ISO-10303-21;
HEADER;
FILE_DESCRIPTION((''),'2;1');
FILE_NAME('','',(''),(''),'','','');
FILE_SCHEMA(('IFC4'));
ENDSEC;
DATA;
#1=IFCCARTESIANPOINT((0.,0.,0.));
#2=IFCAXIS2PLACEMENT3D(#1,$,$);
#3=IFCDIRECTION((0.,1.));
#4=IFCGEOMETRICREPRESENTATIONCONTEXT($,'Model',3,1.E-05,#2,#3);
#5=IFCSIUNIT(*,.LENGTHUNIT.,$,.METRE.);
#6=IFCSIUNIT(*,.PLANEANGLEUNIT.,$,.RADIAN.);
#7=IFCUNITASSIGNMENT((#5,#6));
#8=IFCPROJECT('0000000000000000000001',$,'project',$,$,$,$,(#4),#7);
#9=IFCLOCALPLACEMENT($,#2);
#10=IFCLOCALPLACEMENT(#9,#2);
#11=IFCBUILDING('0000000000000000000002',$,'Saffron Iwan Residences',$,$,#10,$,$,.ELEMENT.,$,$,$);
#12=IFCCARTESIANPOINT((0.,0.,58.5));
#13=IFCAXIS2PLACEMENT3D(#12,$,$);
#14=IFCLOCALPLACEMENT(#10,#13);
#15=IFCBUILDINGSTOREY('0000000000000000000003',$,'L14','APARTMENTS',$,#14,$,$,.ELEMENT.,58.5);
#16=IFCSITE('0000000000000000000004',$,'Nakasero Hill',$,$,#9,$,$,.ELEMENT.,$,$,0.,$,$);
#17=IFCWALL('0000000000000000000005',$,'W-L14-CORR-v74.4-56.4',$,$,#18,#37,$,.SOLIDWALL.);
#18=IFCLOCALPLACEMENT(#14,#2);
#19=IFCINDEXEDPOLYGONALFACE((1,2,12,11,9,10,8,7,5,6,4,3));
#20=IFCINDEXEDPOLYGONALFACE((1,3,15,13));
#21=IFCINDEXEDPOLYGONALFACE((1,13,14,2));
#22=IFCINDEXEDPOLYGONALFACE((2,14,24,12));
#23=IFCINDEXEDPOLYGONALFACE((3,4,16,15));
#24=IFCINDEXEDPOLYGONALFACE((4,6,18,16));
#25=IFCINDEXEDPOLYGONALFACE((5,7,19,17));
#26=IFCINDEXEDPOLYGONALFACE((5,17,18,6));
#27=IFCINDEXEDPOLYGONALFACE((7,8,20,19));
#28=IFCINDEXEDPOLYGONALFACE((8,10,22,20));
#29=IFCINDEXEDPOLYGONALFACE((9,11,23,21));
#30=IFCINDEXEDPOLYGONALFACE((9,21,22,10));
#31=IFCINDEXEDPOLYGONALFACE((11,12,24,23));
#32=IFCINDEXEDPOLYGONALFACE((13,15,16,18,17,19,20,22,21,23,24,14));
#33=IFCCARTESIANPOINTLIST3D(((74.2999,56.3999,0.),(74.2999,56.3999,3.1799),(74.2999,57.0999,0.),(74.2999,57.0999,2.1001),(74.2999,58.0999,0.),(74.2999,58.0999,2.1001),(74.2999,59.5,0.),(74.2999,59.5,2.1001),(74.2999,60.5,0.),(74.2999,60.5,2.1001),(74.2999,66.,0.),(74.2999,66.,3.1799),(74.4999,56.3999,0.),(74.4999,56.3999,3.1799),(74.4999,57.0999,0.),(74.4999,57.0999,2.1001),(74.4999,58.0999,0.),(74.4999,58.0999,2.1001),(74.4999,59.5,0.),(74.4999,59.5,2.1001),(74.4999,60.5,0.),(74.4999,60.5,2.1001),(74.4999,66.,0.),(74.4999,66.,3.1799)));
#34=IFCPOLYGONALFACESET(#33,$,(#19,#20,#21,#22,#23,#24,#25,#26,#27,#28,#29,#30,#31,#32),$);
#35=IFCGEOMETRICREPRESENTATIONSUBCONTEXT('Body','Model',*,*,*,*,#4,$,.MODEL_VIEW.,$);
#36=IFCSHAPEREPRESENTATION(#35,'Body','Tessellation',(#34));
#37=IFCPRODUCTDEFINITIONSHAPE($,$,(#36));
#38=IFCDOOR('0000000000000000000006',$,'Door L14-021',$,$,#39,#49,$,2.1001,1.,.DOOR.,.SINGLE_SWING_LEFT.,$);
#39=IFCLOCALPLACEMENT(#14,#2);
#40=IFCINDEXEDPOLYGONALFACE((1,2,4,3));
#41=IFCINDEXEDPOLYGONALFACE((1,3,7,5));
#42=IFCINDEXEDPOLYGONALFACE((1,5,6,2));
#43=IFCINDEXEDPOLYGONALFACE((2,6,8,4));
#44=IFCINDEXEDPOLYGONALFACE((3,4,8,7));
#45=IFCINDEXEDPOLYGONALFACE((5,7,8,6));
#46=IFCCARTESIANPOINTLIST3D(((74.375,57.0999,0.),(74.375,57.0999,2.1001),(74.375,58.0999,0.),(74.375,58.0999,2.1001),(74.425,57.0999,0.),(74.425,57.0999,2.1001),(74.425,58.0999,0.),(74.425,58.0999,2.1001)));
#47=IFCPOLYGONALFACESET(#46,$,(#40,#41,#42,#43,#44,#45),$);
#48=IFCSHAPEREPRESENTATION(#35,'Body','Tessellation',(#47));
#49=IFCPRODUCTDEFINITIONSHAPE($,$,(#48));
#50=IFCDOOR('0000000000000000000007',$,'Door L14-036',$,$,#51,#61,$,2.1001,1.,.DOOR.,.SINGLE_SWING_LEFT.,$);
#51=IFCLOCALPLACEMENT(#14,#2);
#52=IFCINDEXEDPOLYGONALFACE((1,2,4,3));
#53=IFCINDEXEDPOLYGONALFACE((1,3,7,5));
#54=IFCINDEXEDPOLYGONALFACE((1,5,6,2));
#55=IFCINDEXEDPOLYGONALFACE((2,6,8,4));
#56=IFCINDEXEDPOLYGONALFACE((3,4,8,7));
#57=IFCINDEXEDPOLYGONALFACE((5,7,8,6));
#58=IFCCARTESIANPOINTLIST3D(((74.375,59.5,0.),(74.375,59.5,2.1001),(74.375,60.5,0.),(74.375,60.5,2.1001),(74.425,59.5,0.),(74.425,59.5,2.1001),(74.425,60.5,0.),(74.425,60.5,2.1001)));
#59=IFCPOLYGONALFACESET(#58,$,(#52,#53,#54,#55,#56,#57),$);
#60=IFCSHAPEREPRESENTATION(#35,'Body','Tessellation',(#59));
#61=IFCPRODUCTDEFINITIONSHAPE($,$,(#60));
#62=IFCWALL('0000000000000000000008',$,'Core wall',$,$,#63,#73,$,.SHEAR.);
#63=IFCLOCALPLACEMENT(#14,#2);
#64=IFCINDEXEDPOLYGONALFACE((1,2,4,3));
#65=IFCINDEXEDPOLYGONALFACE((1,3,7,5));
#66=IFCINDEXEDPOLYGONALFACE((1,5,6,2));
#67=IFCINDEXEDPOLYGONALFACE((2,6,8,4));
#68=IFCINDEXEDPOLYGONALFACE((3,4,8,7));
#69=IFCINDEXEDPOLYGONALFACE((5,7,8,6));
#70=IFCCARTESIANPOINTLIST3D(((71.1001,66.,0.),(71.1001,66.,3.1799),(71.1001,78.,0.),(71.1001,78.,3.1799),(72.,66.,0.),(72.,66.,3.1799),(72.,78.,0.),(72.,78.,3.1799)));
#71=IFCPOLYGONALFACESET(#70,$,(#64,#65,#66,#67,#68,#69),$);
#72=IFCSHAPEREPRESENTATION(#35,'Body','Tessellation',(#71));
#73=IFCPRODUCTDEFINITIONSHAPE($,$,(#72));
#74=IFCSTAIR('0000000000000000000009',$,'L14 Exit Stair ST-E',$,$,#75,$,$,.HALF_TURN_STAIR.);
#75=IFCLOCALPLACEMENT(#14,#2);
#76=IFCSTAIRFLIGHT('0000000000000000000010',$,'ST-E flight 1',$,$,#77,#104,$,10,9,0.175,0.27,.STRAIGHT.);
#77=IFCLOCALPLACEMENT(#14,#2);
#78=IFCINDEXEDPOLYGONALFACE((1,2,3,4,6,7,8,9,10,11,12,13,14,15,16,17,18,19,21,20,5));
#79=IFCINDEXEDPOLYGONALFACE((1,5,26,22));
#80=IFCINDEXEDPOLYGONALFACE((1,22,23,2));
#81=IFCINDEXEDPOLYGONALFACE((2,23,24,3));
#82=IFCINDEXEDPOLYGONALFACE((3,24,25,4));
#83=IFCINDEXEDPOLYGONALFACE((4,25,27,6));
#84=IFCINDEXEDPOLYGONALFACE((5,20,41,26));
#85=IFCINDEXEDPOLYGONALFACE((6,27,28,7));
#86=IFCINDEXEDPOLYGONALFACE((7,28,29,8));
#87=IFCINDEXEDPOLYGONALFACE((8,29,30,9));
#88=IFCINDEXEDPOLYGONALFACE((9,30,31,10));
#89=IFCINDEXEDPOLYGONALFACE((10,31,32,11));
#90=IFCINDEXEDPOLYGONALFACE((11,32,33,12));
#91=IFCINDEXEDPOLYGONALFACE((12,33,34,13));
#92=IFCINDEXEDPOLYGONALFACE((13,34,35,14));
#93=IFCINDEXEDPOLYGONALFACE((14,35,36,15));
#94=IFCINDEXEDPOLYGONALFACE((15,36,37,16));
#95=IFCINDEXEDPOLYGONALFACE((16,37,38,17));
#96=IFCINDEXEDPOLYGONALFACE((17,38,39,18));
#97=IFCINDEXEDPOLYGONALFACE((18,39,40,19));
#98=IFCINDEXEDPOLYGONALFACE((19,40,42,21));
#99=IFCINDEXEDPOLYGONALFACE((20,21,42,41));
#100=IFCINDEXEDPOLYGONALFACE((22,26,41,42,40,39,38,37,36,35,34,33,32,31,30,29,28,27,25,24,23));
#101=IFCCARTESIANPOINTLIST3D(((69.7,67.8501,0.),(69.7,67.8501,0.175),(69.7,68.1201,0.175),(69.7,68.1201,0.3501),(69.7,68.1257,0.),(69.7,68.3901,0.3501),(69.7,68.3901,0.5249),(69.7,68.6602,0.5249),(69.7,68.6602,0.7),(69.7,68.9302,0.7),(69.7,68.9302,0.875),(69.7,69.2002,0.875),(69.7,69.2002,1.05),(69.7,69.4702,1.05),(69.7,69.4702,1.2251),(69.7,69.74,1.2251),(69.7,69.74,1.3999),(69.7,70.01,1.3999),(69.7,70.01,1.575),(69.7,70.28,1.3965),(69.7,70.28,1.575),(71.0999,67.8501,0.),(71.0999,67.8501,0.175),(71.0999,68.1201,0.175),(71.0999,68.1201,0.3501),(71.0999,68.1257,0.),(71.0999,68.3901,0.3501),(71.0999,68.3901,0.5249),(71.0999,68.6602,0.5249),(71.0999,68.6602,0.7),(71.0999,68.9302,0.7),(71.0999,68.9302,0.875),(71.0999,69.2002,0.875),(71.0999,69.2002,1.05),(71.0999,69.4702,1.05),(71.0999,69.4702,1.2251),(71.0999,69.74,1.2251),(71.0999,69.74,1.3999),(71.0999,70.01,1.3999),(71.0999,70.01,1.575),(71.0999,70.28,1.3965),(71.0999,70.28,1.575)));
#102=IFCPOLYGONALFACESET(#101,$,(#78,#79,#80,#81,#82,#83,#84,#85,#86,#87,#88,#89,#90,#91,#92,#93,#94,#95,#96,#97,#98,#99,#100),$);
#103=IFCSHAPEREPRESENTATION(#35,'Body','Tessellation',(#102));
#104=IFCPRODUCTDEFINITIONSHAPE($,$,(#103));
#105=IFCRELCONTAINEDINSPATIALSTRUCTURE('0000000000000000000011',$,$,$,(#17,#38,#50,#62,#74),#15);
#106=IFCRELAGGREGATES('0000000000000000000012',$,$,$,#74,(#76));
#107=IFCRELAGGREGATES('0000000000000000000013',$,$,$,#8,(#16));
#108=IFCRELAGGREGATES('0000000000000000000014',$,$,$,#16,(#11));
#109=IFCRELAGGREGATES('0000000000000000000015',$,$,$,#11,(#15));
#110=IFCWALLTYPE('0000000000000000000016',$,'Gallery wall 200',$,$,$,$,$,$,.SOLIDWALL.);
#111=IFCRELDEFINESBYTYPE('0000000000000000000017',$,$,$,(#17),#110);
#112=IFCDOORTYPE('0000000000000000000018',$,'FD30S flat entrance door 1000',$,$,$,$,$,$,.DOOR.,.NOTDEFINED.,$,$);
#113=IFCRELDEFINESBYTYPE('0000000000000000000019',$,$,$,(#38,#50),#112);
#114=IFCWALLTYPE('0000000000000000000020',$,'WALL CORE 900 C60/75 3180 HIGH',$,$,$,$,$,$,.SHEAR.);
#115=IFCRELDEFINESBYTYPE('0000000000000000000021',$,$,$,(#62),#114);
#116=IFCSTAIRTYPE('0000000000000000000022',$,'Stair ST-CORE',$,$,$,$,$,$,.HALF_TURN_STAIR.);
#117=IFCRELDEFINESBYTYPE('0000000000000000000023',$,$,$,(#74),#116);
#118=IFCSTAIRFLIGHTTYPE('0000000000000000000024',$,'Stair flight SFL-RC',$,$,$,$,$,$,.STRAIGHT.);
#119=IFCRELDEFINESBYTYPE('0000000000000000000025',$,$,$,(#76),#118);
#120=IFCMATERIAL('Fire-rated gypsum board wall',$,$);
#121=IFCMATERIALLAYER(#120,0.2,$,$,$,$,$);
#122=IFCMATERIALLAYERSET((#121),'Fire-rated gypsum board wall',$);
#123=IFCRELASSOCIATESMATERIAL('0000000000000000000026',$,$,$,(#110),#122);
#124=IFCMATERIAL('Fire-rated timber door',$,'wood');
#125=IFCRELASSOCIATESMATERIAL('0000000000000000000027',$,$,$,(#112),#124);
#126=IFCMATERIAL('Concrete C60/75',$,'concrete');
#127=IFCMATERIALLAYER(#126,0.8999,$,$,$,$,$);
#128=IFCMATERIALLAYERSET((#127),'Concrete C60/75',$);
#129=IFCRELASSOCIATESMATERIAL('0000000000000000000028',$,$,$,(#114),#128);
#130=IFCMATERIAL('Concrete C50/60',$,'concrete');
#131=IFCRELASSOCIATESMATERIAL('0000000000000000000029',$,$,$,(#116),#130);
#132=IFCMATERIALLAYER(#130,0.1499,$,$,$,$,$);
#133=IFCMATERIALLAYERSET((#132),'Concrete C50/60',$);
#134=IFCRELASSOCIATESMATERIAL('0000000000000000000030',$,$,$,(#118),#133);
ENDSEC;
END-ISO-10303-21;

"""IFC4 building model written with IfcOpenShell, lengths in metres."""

from ifc_helpers import new_model, si_unit, direction, frame, frame_2d, origin, place, context, subcontext, project, spatial, polyline, rectangle, outline, extrude, material, layer, layer_set, type_object, element, fill, aggregate, save


model = new_model("IFC4")

# Units and contexts
model_context = context("Model", 3, precision=1e-05, world=origin(), true_north=direction((0.0, 1.0)))
body_context = subcontext(model_context, "Body", "Model", "MODEL_VIEW")
ifc_project = project(units=[si_unit("LENGTHUNIT", "METRE"), si_unit("PLANEANGLEUNIT", "RADIAN")], contexts=[model_context])

# Site, building, storey
site_placement = place(None, origin())
site = spatial("IfcSite", under=ifc_project, at=site_placement, Name="Nakasero Hill", CompositionType="ELEMENT", RefElevation=0.0)
building_placement = place(site_placement, origin())
building = spatial("IfcBuilding", under=site, at=building_placement, Name="Saffron Iwan Residences", CompositionType="ELEMENT")
storey_placement = place(building_placement, frame((0.0, 0.0, 58.5)))
storey = spatial("IfcBuildingStorey", under=building, at=storey_placement, Name="L14", Description="APARTMENTS", CompositionType="ELEMENT", Elevation=58.5)

# Shared definitions
ifc_material_1 = material(Name="Concrete C60/75", Category="concrete")

# Shared definitions
ifc_material_2 = material(Name="Fire-rated gypsum board wall")

# Shared definitions
ifc_layer_1 = layer(ifc_material_2, 0.2)
ifc_layer_set_1 = layer_set([ifc_layer_1], Name="Fire-rated gypsum board wall")
wall_type_1 = type_object("IfcWallType", Name="Gallery wall 200", PredefinedType="SOLIDWALL", material=ifc_layer_set_1)

# Wall, openings, doors
wall_1_placement = place(storey_placement, frame((74.3999, 56.3999, 0.0), z_axis=(0.0, 0.0, 1.0), x_axis=(0.0, 1.0, 0.0)))
wall_1 = element("IfcWall", 1, at=wall_1_placement, inside=storey, type_object=wall_type_1, Name="W-L14-CORR-v74.4-56.4", PredefinedType="SOLIDWALL", context=body_context, shape_type="SweptSolid", body=[
    extrude(rectangle(XDim=9.6001, YDim=0.2, at=frame_2d((4.8, 0.0))), origin(), (0.0, 0.0, 1.0), 3.1799),
])
opening_1_placement = place(wall_1_placement, frame((0.7, 0.0, 0.0)))
opening_1 = element("IfcOpeningElement", 2, at=opening_1_placement, cuts=wall_1, PredefinedType="OPENING", context=body_context, shape_type="SweptSolid", body=[
    extrude(rectangle(XDim=1.0, YDim=2.1001, at=frame_2d((0.5, 1.05))), frame((0.0, 0.1099, 0.0), z_axis=(0.0, -1.0, 0.0), x_axis=(1.0, 0.0, 0.0)), (0.0, 0.0, 1.0), 0.22),
])
opening_2_placement = place(wall_1_placement, frame((3.1001, 0.0, 0.0)))
opening_2 = element("IfcOpeningElement", 3, at=opening_2_placement, cuts=wall_1, PredefinedType="OPENING", context=body_context, shape_type="SweptSolid", body=[
    extrude(rectangle(XDim=1.0, YDim=2.1001, at=frame_2d((0.5, 1.05))), frame((0.0, 0.1099, 0.0), z_axis=(0.0, -1.0, 0.0), x_axis=(1.0, 0.0, 0.0)), (0.0, 0.0, 1.0), 0.22),
])
ifc_material_3 = material(Name="Fire-rated timber door", Category="wood")
door_type_1 = type_object("IfcDoorType", Name="FD30S flat entrance door 1000", OperationType="NOTDEFINED", PredefinedType="DOOR", material=ifc_material_3)
door_1_placement = place(opening_1_placement, origin())
door_1 = element("IfcDoor", 4, at=door_1_placement, inside=storey, type_object=door_type_1, Name="Door L14-021", OperationType="SINGLE_SWING_LEFT", OverallHeight=2.1001, OverallWidth=1.0, PredefinedType="DOOR", context=body_context, shape_type="SweptSolid", body=[
    extrude(rectangle(XDim=1.0, YDim=2.1001, at=frame_2d((0.5, 1.05))), frame((0.0, 0.0249, 0.0), z_axis=(0.0, -1.0, 0.0), x_axis=(1.0, 0.0, 0.0)), (0.0, 0.0, 1.0), 0.05),
])
fill(opening_1, door_1)
door_2_placement = place(opening_2_placement, origin())
door_2 = element("IfcDoor", 5, at=door_2_placement, inside=storey, type_object=door_type_1, Name="Door L14-036", OperationType="SINGLE_SWING_LEFT", OverallHeight=2.1001, OverallWidth=1.0, PredefinedType="DOOR", context=body_context, shape_type="SweptSolid", body=[
    extrude(rectangle(XDim=1.0, YDim=2.1001, at=frame_2d((0.5, 1.05))), frame((0.0, 0.0249, 0.0), z_axis=(0.0, -1.0, 0.0), x_axis=(1.0, 0.0, 0.0)), (0.0, 0.0, 1.0), 0.05),
])
fill(opening_2, door_2)

# Wall
ifc_layer_2 = layer(ifc_material_1, 0.8999)
ifc_layer_set_2 = layer_set([ifc_layer_2], Name="Concrete C60/75")
wall_type_2 = type_object("IfcWallType", Name="WALL CORE 900 C60/75 3180 HIGH", PredefinedType="SHEAR", material=ifc_layer_set_2)
wall_2_placement = place(storey_placement, frame((71.55, 66.0, 0.0), z_axis=(0.0, 0.0, 1.0), x_axis=(0.0, 1.0, 0.0)))
element("IfcWall", 6, at=wall_2_placement, inside=storey, type_object=wall_type_2, Name="Core wall", PredefinedType="SHEAR", context=body_context, shape_type="SweptSolid", body=[
    extrude(rectangle(XDim=12.0, YDim=0.8999, at=frame_2d((6.0, 0.0))), origin(), (0.0, 0.0, 1.0), 3.1799),
])

# Stair, stair flight
ifc_material_4 = material(Name="Concrete C50/60", Category="concrete")
stair_type = type_object("IfcStairType", Name="Stair ST-CORE", PredefinedType="HALF_TURN_STAIR", material=ifc_material_4)
stair_placement = place(storey_placement, origin())
stair = element("IfcStair", 7, at=stair_placement, inside=storey, type_object=stair_type, Name="L14 Exit Stair ST-E", PredefinedType="HALF_TURN_STAIR")
ifc_layer_3 = layer(ifc_material_4, 0.1499)
ifc_layer_set_3 = layer_set([ifc_layer_3], Name="Concrete C50/60")
stair_flight_type = type_object("IfcStairFlightType", Name="Stair flight SFL-RC", PredefinedType="STRAIGHT", material=ifc_layer_set_3)
stair_flight_placement = place(storey_placement, frame((70.3999, 67.8501, 0.0), z_axis=(0.0, 0.0, 1.0), x_axis=(0.0, 1.0, 0.0)))
stair_flight = element("IfcStairFlight", 8, at=stair_flight_placement, type_object=stair_flight_type, Name="ST-E flight 1", NumberOfRisers=10, NumberOfTreads=9, PredefinedType="STRAIGHT", RiserHeight=0.175, TreadLength=0.27, context=body_context, shape_type="SweptSolid", body=[
    extrude(outline(polyline([(0.0, 0.0), (0.0, 0.175), (0.27, 0.175), (0.27, 0.3501), (0.54, 0.3501), (0.54, 0.5249), (0.8101, 0.5249), (0.8101, 0.7), (1.0801, 0.7), (1.0801, 0.875), (1.3501, 0.875), (1.3501, 1.05), (1.6201, 1.05), (1.6201, 1.2251), (1.8899, 1.2251), (1.8899, 1.3999), (2.1599, 1.3999), (2.1599, 1.575), (2.4299, 1.575), (2.4299, 1.75), (2.4299, 1.3965), (0.2756, 0.0), (0.0, 0.0)])), frame((0.0, 0.7, 0.0), z_axis=(0.0, -1.0, 0.0), x_axis=(1.0, 0.0, 0.0)), (0.0, 0.0, 1.0), 1.3999),
])
aggregate(stair, [stair_flight])

save(model, "model.ifc")
